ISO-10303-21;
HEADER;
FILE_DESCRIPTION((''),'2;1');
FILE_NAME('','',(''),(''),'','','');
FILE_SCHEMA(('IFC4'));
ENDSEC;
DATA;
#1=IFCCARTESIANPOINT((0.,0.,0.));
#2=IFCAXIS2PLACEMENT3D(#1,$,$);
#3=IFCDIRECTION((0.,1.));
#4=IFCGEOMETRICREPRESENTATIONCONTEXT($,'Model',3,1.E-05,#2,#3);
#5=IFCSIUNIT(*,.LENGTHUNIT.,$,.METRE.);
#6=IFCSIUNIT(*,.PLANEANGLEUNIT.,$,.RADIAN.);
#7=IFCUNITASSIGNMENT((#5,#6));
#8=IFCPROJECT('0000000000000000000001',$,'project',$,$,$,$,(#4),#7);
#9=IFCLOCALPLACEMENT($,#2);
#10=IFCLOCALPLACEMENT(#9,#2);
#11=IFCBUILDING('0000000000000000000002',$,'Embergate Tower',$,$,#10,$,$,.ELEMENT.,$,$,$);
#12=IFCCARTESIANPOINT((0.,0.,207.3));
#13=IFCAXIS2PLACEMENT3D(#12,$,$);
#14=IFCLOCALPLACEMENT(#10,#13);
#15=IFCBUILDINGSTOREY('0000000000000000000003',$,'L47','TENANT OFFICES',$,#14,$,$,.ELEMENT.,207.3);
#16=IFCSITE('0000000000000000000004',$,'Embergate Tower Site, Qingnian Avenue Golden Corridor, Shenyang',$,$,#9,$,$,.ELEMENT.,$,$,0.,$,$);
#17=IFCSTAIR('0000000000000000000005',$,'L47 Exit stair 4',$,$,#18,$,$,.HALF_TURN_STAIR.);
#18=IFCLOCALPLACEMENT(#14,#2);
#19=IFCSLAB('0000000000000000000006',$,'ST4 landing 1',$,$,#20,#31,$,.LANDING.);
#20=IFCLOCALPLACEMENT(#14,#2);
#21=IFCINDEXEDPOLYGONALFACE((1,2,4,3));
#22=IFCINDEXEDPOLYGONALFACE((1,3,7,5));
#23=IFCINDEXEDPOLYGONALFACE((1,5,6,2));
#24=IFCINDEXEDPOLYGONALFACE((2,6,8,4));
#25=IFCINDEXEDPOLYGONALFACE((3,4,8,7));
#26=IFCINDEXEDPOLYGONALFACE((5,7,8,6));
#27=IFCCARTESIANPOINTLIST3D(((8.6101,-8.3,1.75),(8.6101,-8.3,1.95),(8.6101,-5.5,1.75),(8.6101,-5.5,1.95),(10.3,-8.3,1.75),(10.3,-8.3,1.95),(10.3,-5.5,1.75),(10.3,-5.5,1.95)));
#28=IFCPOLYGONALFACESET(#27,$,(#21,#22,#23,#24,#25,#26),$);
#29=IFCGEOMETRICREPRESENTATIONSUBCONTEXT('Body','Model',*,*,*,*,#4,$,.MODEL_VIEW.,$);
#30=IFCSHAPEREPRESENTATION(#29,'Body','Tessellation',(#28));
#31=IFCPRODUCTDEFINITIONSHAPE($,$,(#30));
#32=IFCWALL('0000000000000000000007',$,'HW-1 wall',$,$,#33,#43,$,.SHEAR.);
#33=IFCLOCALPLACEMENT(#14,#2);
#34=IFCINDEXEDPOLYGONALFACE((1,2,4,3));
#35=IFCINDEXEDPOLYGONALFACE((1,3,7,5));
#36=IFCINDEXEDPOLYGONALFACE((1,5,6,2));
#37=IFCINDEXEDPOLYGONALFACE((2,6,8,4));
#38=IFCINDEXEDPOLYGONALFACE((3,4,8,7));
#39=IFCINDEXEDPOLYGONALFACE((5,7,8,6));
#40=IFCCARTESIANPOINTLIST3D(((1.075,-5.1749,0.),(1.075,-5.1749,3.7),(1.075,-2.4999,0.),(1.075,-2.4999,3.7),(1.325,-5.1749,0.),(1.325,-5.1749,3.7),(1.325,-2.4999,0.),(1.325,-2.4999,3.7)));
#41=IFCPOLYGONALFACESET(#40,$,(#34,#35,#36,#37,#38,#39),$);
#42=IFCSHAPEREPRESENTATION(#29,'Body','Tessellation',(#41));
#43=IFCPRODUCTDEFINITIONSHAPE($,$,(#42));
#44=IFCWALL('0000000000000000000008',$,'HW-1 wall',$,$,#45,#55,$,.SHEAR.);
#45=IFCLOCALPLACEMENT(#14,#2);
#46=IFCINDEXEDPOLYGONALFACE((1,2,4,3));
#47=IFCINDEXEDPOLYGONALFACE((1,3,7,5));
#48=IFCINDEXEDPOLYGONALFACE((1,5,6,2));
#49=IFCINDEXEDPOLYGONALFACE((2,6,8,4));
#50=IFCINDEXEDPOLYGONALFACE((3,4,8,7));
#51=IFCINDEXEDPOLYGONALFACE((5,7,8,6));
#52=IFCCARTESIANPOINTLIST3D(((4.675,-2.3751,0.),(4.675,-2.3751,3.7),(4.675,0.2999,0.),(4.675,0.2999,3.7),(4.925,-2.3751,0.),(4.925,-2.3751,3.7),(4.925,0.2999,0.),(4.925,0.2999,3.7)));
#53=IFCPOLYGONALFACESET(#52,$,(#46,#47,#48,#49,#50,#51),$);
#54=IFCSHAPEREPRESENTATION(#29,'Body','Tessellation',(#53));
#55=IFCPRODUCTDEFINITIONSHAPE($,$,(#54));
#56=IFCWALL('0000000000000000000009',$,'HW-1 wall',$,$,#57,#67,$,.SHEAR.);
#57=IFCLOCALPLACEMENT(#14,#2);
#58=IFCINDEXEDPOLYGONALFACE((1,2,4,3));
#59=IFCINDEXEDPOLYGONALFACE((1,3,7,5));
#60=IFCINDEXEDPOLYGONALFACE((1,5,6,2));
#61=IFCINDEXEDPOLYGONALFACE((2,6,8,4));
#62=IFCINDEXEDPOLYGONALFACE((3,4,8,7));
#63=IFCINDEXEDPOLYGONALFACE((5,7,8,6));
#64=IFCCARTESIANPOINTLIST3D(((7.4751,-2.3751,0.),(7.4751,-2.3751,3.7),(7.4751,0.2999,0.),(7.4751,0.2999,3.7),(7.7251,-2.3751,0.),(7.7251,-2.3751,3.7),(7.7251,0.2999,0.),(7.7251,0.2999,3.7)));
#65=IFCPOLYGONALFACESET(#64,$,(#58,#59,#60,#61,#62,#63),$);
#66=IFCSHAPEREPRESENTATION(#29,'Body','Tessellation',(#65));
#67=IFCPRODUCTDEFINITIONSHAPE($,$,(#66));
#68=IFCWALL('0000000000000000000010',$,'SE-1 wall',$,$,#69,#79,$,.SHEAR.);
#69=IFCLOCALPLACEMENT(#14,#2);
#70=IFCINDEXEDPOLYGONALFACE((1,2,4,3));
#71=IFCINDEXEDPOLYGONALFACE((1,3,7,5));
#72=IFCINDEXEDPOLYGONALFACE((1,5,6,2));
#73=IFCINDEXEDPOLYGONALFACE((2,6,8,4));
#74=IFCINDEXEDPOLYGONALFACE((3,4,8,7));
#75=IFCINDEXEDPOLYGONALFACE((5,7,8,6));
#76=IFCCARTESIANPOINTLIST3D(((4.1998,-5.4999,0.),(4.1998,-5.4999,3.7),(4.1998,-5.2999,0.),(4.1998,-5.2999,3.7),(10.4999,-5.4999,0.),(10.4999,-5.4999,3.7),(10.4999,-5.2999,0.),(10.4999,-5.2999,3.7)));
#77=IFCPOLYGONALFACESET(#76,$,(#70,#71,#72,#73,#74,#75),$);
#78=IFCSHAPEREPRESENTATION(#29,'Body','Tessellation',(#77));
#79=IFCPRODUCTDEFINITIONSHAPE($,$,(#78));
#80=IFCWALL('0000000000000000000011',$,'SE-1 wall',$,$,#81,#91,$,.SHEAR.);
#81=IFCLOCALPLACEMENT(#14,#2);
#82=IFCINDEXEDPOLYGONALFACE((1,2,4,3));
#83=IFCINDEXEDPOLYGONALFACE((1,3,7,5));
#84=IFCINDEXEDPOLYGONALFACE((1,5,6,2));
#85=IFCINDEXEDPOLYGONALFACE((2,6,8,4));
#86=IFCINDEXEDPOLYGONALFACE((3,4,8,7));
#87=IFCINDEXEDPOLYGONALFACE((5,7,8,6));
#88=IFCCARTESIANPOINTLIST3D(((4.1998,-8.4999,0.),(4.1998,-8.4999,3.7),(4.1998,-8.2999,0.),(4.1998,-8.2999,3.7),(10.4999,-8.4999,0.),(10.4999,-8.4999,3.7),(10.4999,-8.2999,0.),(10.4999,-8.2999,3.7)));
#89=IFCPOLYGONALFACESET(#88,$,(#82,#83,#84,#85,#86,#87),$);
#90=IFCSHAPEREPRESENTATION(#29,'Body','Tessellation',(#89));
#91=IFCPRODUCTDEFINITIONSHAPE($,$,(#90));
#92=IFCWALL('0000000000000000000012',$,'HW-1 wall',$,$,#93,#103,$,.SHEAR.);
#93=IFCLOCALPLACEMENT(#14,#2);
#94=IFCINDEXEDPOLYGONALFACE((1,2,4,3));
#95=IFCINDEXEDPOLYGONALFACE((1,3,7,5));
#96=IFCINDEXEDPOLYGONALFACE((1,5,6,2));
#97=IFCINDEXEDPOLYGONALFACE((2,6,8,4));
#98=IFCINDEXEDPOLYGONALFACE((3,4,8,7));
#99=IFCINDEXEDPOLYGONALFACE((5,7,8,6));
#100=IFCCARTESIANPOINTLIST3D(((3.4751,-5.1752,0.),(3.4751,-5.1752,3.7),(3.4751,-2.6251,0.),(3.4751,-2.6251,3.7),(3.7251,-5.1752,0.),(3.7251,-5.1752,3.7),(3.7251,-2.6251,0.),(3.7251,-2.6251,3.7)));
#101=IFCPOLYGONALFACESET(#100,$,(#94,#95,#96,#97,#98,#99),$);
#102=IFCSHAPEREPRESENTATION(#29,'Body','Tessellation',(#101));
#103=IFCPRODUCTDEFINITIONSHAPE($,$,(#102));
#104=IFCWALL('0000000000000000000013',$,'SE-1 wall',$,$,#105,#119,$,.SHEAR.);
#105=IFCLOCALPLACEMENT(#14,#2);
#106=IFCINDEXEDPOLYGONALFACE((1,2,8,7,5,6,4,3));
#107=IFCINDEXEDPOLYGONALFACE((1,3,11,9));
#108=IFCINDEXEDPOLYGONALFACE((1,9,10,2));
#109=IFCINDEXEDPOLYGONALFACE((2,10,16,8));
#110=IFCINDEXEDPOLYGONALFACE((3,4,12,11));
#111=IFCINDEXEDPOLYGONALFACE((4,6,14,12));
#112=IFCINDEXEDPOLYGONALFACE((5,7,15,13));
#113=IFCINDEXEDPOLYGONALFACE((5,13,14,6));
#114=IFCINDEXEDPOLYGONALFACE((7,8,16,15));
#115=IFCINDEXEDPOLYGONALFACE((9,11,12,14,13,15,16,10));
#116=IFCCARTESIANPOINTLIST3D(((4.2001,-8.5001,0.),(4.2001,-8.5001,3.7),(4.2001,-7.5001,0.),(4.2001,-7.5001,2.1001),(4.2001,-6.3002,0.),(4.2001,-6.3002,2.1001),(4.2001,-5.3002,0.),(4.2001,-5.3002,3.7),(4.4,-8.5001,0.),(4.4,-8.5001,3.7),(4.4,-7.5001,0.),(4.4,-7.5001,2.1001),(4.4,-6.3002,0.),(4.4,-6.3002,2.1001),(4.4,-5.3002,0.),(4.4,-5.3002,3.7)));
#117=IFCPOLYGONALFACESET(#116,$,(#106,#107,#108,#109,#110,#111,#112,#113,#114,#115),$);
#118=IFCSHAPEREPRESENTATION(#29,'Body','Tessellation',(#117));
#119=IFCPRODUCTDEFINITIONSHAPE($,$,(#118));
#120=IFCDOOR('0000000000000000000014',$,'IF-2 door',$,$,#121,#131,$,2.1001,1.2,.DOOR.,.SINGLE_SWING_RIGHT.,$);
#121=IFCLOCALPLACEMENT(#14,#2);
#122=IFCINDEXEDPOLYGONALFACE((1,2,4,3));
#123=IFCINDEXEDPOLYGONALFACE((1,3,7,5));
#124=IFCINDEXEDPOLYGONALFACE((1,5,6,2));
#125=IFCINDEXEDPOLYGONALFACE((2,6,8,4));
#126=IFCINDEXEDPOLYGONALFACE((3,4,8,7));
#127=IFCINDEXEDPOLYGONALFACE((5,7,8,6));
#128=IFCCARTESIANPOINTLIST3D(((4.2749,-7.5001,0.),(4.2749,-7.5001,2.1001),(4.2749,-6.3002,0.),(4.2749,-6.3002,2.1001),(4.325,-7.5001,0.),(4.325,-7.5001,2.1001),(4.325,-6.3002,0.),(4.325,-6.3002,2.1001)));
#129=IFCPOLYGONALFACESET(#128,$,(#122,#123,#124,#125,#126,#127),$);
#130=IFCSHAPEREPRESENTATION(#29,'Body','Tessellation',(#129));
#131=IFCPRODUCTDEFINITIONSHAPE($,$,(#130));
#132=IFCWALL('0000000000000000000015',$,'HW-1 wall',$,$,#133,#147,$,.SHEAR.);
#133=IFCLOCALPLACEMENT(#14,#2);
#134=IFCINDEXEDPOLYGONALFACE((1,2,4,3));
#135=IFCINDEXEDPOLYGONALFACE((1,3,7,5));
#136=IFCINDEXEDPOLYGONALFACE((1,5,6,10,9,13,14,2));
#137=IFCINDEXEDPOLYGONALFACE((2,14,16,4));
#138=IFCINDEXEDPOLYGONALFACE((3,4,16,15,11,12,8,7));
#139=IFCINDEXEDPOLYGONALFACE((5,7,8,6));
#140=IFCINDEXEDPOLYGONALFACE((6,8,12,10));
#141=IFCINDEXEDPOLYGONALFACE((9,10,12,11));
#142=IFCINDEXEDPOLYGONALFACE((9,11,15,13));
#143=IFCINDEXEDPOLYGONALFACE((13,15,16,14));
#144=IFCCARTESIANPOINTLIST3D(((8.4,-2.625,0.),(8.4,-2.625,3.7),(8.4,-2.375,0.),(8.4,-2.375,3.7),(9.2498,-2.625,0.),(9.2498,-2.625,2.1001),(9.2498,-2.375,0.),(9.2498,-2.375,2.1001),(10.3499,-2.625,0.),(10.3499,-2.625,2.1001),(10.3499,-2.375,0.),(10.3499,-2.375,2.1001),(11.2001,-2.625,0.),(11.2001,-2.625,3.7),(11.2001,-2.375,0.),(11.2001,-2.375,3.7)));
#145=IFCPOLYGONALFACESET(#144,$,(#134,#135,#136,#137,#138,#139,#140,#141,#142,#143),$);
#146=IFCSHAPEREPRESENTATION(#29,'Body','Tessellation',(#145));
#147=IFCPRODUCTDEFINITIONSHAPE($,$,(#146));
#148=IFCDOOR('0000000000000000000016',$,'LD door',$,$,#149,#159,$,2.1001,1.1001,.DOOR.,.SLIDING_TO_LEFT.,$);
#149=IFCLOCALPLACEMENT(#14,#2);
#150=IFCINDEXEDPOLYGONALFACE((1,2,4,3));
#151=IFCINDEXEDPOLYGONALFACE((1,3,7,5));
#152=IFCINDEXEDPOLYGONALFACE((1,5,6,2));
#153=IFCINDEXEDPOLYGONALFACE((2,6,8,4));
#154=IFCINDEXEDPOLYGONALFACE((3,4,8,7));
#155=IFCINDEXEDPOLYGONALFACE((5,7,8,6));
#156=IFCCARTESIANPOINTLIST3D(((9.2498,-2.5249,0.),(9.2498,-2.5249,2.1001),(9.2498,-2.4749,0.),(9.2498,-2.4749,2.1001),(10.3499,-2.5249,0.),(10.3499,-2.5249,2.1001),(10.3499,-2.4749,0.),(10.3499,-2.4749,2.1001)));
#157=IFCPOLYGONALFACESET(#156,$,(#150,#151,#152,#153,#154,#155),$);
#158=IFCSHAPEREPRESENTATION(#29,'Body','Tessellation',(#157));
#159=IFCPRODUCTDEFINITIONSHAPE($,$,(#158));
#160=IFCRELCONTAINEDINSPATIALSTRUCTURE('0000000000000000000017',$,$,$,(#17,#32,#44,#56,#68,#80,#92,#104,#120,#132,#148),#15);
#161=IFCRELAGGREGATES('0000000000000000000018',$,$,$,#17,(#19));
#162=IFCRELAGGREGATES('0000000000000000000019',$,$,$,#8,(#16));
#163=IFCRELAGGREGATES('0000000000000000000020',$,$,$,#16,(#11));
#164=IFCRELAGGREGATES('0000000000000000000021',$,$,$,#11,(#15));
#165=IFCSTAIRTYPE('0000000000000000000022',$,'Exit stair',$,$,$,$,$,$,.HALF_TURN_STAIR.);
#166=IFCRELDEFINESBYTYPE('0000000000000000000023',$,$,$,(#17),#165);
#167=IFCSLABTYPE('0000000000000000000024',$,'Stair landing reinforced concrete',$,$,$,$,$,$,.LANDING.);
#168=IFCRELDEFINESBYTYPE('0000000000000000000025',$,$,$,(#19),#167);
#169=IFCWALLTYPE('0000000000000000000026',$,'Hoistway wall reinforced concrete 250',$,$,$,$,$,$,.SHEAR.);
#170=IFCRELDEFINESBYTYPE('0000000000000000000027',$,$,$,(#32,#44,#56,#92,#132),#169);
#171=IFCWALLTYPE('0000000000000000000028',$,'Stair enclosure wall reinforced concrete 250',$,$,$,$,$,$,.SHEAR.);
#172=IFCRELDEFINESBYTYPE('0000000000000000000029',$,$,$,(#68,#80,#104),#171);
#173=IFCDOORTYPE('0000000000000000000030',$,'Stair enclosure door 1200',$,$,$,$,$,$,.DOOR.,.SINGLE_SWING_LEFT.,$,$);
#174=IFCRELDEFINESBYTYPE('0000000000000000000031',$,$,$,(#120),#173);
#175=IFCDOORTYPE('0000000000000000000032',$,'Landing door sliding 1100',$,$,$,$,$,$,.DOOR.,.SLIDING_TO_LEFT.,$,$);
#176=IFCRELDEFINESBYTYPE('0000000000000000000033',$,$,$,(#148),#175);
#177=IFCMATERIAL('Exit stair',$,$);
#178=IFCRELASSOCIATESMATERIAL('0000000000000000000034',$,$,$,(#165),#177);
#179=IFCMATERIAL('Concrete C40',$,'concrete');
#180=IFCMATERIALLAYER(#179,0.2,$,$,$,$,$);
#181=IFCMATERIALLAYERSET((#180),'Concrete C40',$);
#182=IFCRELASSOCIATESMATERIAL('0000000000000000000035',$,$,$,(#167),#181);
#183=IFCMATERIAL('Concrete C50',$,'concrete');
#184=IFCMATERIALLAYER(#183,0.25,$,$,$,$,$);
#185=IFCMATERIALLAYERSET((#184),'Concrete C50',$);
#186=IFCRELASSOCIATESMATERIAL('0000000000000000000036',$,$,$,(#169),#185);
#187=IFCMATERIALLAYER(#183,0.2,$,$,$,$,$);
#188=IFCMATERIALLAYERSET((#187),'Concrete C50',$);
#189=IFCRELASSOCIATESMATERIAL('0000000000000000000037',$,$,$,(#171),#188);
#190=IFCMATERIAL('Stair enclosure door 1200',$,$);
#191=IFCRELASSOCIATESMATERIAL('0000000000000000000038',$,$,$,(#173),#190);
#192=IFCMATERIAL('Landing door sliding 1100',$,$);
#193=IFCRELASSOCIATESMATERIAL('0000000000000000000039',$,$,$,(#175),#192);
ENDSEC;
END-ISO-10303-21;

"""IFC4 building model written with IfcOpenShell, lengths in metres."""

from ifc_helpers import new_model, si_unit, direction, frame, frame_2d, origin, place, context, subcontext, project, spatial, polyline, rectangle, outline, extrude, source, transform, mapped, material, layer, layer_set, type_object, element, fill, aggregate, save


model = new_model("IFC4")

# Units and contexts
model_context = context("Model", 3, precision=1e-05, world=origin(), true_north=direction((0.0, 1.0)))
body_context = subcontext(model_context, "Body", "Model", "MODEL_VIEW")
ifc_project = project(units=[si_unit("LENGTHUNIT", "METRE"), si_unit("PLANEANGLEUNIT", "RADIAN")], contexts=[model_context])

# Site, building, storey
site_placement = place(None, origin())
site = spatial("IfcSite", under=ifc_project, at=site_placement, Name="Embergate Tower Site, Qingnian Avenue Golden Corridor, Shenyang", CompositionType="ELEMENT", RefElevation=0.0)
building_placement = place(site_placement, origin())
building = spatial("IfcBuilding", under=site, at=building_placement, Name="Embergate Tower", CompositionType="ELEMENT")
storey_placement = place(building_placement, frame((0.0, 0.0, 207.3)))
storey = spatial("IfcBuildingStorey", under=building, at=storey_placement, Name="L47", Description="TENANT OFFICES", CompositionType="ELEMENT", Elevation=207.3)

# Stair, slab
ifc_material_1 = material(Name="Exit stair")
stair_type = type_object("IfcStairType", Name="Exit stair", PredefinedType="HALF_TURN_STAIR", material=ifc_material_1)
stair_placement = place(storey_placement, origin())
stair = element("IfcStair", 1, at=stair_placement, inside=storey, type_object=stair_type, Name="L47 Exit stair 4", PredefinedType="HALF_TURN_STAIR")
ifc_material_2 = material(Name="Concrete C40", Category="concrete")
ifc_layer_1 = layer(ifc_material_2, 0.2)
ifc_layer_set_1 = layer_set([ifc_layer_1], Name="Concrete C40")
slab_type = type_object("IfcSlabType", Name="Stair landing reinforced concrete", PredefinedType="LANDING", material=ifc_layer_set_1)
shared_shape_1 = source(origin(), body_context, "Body", "SweptSolid", [
    extrude(outline(polyline([(0.0, 0.0), (1.6899, 0.0), (1.6899, 2.8), (0.0, 2.8), (0.0, 0.0)])), origin(), (0.0, 0.0, 1.0), 0.2),
])
slab_placement = place(storey_placement, frame((8.6101, -8.3, 1.75)))
slab = element("IfcSlab", 2, at=slab_placement, type_object=slab_type, Name="ST4 landing 1", PredefinedType="LANDING", context=body_context, shape_type="MappedRepresentation", body=[
    mapped(shared_shape_1, transform((0.0, 0.0, 0.0))),
])

# Walls
ifc_material_3 = material(Name="Concrete C50", Category="concrete")
ifc_layer_2 = layer(ifc_material_3, 0.25)
ifc_layer_set_2 = layer_set([ifc_layer_2], Name="Concrete C50")
wall_type_1 = type_object("IfcWallType", Name="Hoistway wall reinforced concrete 250", PredefinedType="SHEAR", material=ifc_layer_set_2)
shared_shape_2 = source(origin(), body_context, "Body", "SweptSolid", [
    extrude(rectangle(XDim=2.675, YDim=0.25, at=frame_2d((1.3374, 0.0))), origin(), (0.0, 0.0, 1.0), 3.7),
])
for number, where, z_axis, x_axis, name in (
    (3, (1.2, -2.5, 0.0), (0.0, 0.0, 1.0), (0.0, -1.0, 0.0), "HW-1 wall"),
    (4, (4.8, -2.375, 0.0), (0.0, 0.0, 1.0), (0.0, 1.0, 0.0), "HW-1 wall"),
    (5, (7.6001, -2.375, 0.0), (0.0, 0.0, 1.0), (0.0, 1.0, 0.0), "HW-1 wall"),
):
    element("IfcWall", number, at=place(storey_placement, frame(where, z_axis=z_axis, x_axis=x_axis)), inside=storey, type_object=wall_type_1, Name=name, PredefinedType="SHEAR", context=body_context, shape_type="MappedRepresentation", body=[
        mapped(shared_shape_2, transform((0.0, 0.0, 0.0))),
    ])
ifc_layer_3 = layer(ifc_material_3, 0.2)
ifc_layer_set_3 = layer_set([ifc_layer_3], Name="Concrete C50")
wall_type_2 = type_object("IfcWallType", Name="Stair enclosure wall reinforced concrete 250", PredefinedType="SHEAR", material=ifc_layer_set_3)
shared_shape_3 = source(origin(), body_context, "Body", "SweptSolid", [
    extrude(rectangle(XDim=6.3, YDim=0.2, at=frame_2d((3.1499, 0.0))), origin(), (0.0, 0.0, 1.0), 3.7),
])
for number, where, z_axis, x_axis, name in (
    (6, (4.2, -5.3999, 0.0), (0.0, 0.0, 1.0), (1.0, 0.0, 0.0), "SE-1 wall"),
    (7, (4.2, -8.3999, 0.0), (0.0, 0.0, 1.0), (1.0, 0.0, 0.0), "SE-1 wall"),
):
    element("IfcWall", number, at=place(storey_placement, frame(where, z_axis=z_axis, x_axis=x_axis)), inside=storey, type_object=wall_type_2, Name=name, PredefinedType="SHEAR", context=body_context, shape_type="MappedRepresentation", body=[
        mapped(shared_shape_3, transform((0.0, 0.0, 0.0))),
    ])
shared_shape_4 = source(origin(), body_context, "Body", "SweptSolid", [
    extrude(rectangle(XDim=2.55, YDim=0.25, at=frame_2d((1.2749, 0.0))), origin(), (0.0, 0.0, 1.0), 3.7),
])
wall_1_placement = place(storey_placement, frame((3.6001, -5.175, 0.0), z_axis=(0.0, 0.0, 1.0), x_axis=(0.0, 1.0, 0.0)))
element("IfcWall", 8, at=wall_1_placement, inside=storey, type_object=wall_type_1, Name="HW-1 wall", PredefinedType="SHEAR", context=body_context, shape_type="MappedRepresentation", body=[
    mapped(shared_shape_4, transform((0.0, 0.0, 0.0))),
])

# Walls, openings, doors
shared_shape_5 = source(origin(), body_context, "Body", "SweptSolid", [
    extrude(rectangle(XDim=3.2, YDim=0.2, at=frame_2d((1.6001, 0.0))), origin(), (0.0, 0.0, 1.0), 3.7),
])
wall_2_placement = place(storey_placement, frame((4.3, -5.3, 0.0), z_axis=(0.0, 0.0, 1.0), x_axis=(0.0, -1.0, 0.0)))
wall_2 = element("IfcWall", 9, at=wall_2_placement, inside=storey, type_object=wall_type_2, Name="SE-1 wall", PredefinedType="SHEAR", context=body_context, shape_type="MappedRepresentation", body=[
    mapped(shared_shape_5, transform((0.0, 0.0, 0.0))),
])
shared_shape_6 = source(origin(), body_context, "Body", "SweptSolid", [
    extrude(rectangle(XDim=1.2, YDim=2.1001, at=frame_2d((0.6001, 1.05))), frame((0.0, 0.1099, 0.0), z_axis=(0.0, -1.0, 0.0), x_axis=(1.0, 0.0, 0.0)), (0.0, 0.0, 1.0), 0.22),
])
opening_1_placement = place(wall_2_placement, frame((1.0, 0.0, 0.0)))
opening_1 = element("IfcOpeningElement", 10, at=opening_1_placement, cuts=wall_2, PredefinedType="OPENING", context=body_context, shape_type="MappedRepresentation", body=[
    mapped(shared_shape_6, transform((0.0, 0.0, 0.0))),
])
ifc_material_4 = material(Name="Stair enclosure door 1200")
door_type_1 = type_object("IfcDoorType", Name="Stair enclosure door 1200", OperationType="SINGLE_SWING_LEFT", PredefinedType="DOOR", material=ifc_material_4)
shared_shape_7 = source(origin(), body_context, "Body", "SweptSolid", [
    extrude(rectangle(XDim=1.2, YDim=2.1001, at=frame_2d((0.6001, 1.05))), frame((0.0, 0.0249, 0.0), z_axis=(0.0, -1.0, 0.0), x_axis=(1.0, 0.0, 0.0)), (0.0, 0.0, 1.0), 0.05),
])
door_1_placement = place(opening_1_placement, origin())
door_1 = element("IfcDoor", 11, at=door_1_placement, inside=storey, type_object=door_type_1, Name="IF-2 door", OperationType="SINGLE_SWING_RIGHT", OverallHeight=2.1001, OverallWidth=1.2, PredefinedType="DOOR", context=body_context, shape_type="MappedRepresentation", body=[
    mapped(shared_shape_7, transform((0.0, 0.0, 0.0))),
])
fill(opening_1, door_1)
shared_shape_8 = source(origin(), body_context, "Body", "SweptSolid", [
    extrude(rectangle(XDim=2.8, YDim=0.25, at=frame_2d((1.3999, 0.0))), origin(), (0.0, 0.0, 1.0), 3.7),
])
wall_3_placement = place(storey_placement, frame((11.2, -2.5, 0.0), z_axis=(0.0, 0.0, 1.0), x_axis=(-1.0, 0.0, 0.0)))
wall_3 = element("IfcWall", 12, at=wall_3_placement, inside=storey, type_object=wall_type_1, Name="HW-1 wall", PredefinedType="SHEAR", context=body_context, shape_type="MappedRepresentation", body=[
    mapped(shared_shape_8, transform((0.0, 0.0, 0.0))),
])
shared_shape_9 = source(origin(), body_context, "Body", "SweptSolid", [
    extrude(rectangle(XDim=1.1001, YDim=2.1001, at=frame_2d((0.55, 1.05))), frame((0.0, 0.135, 0.0), z_axis=(0.0, -1.0, 0.0), x_axis=(1.0, 0.0, 0.0)), (0.0, 0.0, 1.0), 0.27),
])
opening_2_placement = place(wall_3_placement, frame((0.8501, 0.0, 0.0)))
opening_2 = element("IfcOpeningElement", 13, at=opening_2_placement, cuts=wall_3, PredefinedType="OPENING", context=body_context, shape_type="MappedRepresentation", body=[
    mapped(shared_shape_9, transform((0.0, 0.0, 0.0))),
])
ifc_material_5 = material(Name="Landing door sliding 1100")
door_type_2 = type_object("IfcDoorType", Name="Landing door sliding 1100", OperationType="SLIDING_TO_LEFT", PredefinedType="DOOR", material=ifc_material_5)
shared_shape_10 = source(origin(), body_context, "Body", "SweptSolid", [
    extrude(rectangle(XDim=1.1001, YDim=2.1001, at=frame_2d((0.55, 1.05))), frame((0.0, 0.0249, 0.0), z_axis=(0.0, -1.0, 0.0), x_axis=(1.0, 0.0, 0.0)), (0.0, 0.0, 1.0), 0.05),
])
door_2_placement = place(opening_2_placement, origin())
door_2 = element("IfcDoor", 14, at=door_2_placement, inside=storey, type_object=door_type_2, Name="LD door", OperationType="SLIDING_TO_LEFT", OverallHeight=2.1001, OverallWidth=1.1001, PredefinedType="DOOR", context=body_context, shape_type="MappedRepresentation", body=[
    mapped(shared_shape_10, transform((0.0, 0.0, 0.0))),
])
fill(opening_2, door_2)

aggregate(stair, [slab])

save(model, "model.ifc")
